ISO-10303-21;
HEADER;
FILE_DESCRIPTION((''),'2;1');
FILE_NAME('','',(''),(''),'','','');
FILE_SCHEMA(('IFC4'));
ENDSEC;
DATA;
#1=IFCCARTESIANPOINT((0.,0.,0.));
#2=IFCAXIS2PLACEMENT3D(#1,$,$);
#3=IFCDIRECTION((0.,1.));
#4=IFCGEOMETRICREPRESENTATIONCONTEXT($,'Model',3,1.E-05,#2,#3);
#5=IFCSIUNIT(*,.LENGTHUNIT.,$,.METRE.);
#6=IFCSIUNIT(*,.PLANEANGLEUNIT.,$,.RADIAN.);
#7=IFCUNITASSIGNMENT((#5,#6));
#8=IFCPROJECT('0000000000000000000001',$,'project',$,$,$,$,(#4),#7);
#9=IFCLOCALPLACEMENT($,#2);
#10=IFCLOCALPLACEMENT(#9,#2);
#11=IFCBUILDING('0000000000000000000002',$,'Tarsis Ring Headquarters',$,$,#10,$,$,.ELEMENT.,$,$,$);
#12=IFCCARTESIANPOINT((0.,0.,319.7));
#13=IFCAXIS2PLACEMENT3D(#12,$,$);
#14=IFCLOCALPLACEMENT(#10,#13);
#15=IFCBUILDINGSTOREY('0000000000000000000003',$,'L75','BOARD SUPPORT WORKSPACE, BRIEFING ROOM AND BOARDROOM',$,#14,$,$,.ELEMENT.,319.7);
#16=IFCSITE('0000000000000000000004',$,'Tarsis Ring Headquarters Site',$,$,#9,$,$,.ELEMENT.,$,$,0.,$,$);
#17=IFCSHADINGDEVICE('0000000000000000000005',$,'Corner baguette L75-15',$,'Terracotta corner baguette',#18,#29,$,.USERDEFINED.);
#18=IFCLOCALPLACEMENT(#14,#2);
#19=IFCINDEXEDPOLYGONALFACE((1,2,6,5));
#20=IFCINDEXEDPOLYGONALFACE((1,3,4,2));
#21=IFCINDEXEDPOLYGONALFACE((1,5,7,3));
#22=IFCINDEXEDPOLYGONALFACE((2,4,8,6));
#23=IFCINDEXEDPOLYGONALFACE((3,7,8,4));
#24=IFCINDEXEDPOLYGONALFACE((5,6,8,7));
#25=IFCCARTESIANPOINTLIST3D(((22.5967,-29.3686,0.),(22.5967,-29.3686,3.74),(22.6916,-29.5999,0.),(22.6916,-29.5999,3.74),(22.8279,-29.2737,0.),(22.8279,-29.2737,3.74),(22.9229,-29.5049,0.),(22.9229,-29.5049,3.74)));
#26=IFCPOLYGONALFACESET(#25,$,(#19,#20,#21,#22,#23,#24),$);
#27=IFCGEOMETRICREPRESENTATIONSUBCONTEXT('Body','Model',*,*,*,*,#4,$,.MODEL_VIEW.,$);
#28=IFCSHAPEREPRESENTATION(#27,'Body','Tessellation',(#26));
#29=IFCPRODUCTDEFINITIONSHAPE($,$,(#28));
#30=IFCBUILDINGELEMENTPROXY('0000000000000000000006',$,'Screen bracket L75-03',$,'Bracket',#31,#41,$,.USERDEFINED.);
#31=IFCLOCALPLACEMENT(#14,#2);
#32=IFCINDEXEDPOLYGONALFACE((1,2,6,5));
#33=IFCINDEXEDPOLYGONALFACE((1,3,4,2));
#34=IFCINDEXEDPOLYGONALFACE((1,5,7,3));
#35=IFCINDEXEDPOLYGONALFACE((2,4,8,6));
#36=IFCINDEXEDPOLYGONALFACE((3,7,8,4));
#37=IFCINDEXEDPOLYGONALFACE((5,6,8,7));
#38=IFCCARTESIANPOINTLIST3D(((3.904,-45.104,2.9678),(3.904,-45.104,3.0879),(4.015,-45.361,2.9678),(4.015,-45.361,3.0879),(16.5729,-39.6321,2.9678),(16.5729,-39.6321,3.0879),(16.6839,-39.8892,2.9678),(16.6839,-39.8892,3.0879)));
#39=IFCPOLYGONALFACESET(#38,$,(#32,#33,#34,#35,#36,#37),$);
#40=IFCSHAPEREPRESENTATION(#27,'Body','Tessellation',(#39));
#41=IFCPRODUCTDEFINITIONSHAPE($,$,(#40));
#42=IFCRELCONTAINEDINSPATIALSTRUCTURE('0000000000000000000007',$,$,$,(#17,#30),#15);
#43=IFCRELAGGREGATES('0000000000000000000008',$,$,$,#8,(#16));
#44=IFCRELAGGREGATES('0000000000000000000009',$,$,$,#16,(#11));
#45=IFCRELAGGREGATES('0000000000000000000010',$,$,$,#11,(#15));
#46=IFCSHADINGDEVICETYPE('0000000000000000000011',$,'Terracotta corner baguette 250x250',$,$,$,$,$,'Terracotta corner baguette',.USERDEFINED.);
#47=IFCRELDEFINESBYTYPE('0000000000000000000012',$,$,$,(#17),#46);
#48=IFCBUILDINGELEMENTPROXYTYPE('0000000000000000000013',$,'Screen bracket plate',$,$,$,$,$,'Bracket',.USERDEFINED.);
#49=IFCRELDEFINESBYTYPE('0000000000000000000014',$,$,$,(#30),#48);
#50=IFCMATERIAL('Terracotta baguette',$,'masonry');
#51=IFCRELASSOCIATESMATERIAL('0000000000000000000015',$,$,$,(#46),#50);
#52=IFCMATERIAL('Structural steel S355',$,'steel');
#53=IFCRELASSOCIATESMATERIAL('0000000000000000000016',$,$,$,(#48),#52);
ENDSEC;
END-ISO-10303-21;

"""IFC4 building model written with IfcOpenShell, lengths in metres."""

from ifc_helpers import new_model, si_unit, direction, frame, origin, origin_2d, place, context, subcontext, project, spatial, rectangle, extrude, material, type_object, element, save


model = new_model("IFC4")

# Units and contexts
model_context = context("Model", 3, precision=1e-05, world=origin(), true_north=direction((0.0, 1.0)))
body_context = subcontext(model_context, "Body", "Model", "MODEL_VIEW")
ifc_project = project(units=[si_unit("LENGTHUNIT", "METRE"), si_unit("PLANEANGLEUNIT", "RADIAN")], contexts=[model_context])

# Site, building, storey
site_placement = place(None, origin())
site = spatial("IfcSite", under=ifc_project, at=site_placement, Name="Tarsis Ring Headquarters Site", CompositionType="ELEMENT", RefElevation=0.0)
building_placement = place(site_placement, origin())
building = spatial("IfcBuilding", under=site, at=building_placement, Name="Tarsis Ring Headquarters", CompositionType="ELEMENT")
storey_placement = place(building_placement, frame((0.0, 0.0, 319.7)))
storey = spatial("IfcBuildingStorey", under=building, at=storey_placement, Name="L75", Description="BOARD SUPPORT WORKSPACE, BRIEFING ROOM AND BOARDROOM", CompositionType="ELEMENT", Elevation=319.7)

# Shared definitions
ifc_material_1 = material(Name="Structural steel S355", Category="steel")

# Shading device
ifc_material_2 = material(Name="Terracotta baguette", Category="masonry")
shading_device_type_1 = type_object("IfcShadingDeviceType", Name="Terracotta corner baguette 250x250", ElementType="Terracotta corner baguette", PredefinedType="USERDEFINED", material=ifc_material_2)
for number, where, z_axis, x_axis, name in (
    (1, (22.7598, -29.4368, 0.0), (0.0, 0.0, 1.0), (-0.379779, 0.925077, 0.0), "Corner baguette L75-15"),
):
    element("IfcShadingDevice", number, at=place(storey_placement, frame(where, z_axis=z_axis, x_axis=x_axis)), inside=storey, type_object=shading_device_type_1, Name=name, ObjectType="Terracotta corner baguette", PredefinedType="USERDEFINED", context=body_context, shape_type="SweptSolid", body=[
        extrude(rectangle(XDim=0.25, YDim=0.25, at=origin_2d()), origin(), (0.0, 0.0, 1.0), 3.74),
    ])

# Building element proxy
building_element_proxy_type = type_object("IfcBuildingElementProxyType", Name="Screen bracket plate", ElementType="Bracket", PredefinedType="USERDEFINED", material=ifc_material_1)
proxy_placement = place(storey_placement, frame((10.2939, -42.4966, 2.9678), z_axis=(0.0, 0.0, 1.0), x_axis=(0.918032, 0.396507, 0.0)))
element("IfcBuildingElementProxy", 2, at=proxy_placement, inside=storey, type_object=building_element_proxy_type, Name="Screen bracket L75-03", ObjectType="Bracket", PredefinedType="USERDEFINED", context=body_context, shape_type="SweptSolid", body=[
    extrude(rectangle(XDim=13.8, YDim=0.28, at=origin_2d()), origin(), (0.0, 0.0, 1.0), 0.1201),
])

save(model, "model.ifc")
